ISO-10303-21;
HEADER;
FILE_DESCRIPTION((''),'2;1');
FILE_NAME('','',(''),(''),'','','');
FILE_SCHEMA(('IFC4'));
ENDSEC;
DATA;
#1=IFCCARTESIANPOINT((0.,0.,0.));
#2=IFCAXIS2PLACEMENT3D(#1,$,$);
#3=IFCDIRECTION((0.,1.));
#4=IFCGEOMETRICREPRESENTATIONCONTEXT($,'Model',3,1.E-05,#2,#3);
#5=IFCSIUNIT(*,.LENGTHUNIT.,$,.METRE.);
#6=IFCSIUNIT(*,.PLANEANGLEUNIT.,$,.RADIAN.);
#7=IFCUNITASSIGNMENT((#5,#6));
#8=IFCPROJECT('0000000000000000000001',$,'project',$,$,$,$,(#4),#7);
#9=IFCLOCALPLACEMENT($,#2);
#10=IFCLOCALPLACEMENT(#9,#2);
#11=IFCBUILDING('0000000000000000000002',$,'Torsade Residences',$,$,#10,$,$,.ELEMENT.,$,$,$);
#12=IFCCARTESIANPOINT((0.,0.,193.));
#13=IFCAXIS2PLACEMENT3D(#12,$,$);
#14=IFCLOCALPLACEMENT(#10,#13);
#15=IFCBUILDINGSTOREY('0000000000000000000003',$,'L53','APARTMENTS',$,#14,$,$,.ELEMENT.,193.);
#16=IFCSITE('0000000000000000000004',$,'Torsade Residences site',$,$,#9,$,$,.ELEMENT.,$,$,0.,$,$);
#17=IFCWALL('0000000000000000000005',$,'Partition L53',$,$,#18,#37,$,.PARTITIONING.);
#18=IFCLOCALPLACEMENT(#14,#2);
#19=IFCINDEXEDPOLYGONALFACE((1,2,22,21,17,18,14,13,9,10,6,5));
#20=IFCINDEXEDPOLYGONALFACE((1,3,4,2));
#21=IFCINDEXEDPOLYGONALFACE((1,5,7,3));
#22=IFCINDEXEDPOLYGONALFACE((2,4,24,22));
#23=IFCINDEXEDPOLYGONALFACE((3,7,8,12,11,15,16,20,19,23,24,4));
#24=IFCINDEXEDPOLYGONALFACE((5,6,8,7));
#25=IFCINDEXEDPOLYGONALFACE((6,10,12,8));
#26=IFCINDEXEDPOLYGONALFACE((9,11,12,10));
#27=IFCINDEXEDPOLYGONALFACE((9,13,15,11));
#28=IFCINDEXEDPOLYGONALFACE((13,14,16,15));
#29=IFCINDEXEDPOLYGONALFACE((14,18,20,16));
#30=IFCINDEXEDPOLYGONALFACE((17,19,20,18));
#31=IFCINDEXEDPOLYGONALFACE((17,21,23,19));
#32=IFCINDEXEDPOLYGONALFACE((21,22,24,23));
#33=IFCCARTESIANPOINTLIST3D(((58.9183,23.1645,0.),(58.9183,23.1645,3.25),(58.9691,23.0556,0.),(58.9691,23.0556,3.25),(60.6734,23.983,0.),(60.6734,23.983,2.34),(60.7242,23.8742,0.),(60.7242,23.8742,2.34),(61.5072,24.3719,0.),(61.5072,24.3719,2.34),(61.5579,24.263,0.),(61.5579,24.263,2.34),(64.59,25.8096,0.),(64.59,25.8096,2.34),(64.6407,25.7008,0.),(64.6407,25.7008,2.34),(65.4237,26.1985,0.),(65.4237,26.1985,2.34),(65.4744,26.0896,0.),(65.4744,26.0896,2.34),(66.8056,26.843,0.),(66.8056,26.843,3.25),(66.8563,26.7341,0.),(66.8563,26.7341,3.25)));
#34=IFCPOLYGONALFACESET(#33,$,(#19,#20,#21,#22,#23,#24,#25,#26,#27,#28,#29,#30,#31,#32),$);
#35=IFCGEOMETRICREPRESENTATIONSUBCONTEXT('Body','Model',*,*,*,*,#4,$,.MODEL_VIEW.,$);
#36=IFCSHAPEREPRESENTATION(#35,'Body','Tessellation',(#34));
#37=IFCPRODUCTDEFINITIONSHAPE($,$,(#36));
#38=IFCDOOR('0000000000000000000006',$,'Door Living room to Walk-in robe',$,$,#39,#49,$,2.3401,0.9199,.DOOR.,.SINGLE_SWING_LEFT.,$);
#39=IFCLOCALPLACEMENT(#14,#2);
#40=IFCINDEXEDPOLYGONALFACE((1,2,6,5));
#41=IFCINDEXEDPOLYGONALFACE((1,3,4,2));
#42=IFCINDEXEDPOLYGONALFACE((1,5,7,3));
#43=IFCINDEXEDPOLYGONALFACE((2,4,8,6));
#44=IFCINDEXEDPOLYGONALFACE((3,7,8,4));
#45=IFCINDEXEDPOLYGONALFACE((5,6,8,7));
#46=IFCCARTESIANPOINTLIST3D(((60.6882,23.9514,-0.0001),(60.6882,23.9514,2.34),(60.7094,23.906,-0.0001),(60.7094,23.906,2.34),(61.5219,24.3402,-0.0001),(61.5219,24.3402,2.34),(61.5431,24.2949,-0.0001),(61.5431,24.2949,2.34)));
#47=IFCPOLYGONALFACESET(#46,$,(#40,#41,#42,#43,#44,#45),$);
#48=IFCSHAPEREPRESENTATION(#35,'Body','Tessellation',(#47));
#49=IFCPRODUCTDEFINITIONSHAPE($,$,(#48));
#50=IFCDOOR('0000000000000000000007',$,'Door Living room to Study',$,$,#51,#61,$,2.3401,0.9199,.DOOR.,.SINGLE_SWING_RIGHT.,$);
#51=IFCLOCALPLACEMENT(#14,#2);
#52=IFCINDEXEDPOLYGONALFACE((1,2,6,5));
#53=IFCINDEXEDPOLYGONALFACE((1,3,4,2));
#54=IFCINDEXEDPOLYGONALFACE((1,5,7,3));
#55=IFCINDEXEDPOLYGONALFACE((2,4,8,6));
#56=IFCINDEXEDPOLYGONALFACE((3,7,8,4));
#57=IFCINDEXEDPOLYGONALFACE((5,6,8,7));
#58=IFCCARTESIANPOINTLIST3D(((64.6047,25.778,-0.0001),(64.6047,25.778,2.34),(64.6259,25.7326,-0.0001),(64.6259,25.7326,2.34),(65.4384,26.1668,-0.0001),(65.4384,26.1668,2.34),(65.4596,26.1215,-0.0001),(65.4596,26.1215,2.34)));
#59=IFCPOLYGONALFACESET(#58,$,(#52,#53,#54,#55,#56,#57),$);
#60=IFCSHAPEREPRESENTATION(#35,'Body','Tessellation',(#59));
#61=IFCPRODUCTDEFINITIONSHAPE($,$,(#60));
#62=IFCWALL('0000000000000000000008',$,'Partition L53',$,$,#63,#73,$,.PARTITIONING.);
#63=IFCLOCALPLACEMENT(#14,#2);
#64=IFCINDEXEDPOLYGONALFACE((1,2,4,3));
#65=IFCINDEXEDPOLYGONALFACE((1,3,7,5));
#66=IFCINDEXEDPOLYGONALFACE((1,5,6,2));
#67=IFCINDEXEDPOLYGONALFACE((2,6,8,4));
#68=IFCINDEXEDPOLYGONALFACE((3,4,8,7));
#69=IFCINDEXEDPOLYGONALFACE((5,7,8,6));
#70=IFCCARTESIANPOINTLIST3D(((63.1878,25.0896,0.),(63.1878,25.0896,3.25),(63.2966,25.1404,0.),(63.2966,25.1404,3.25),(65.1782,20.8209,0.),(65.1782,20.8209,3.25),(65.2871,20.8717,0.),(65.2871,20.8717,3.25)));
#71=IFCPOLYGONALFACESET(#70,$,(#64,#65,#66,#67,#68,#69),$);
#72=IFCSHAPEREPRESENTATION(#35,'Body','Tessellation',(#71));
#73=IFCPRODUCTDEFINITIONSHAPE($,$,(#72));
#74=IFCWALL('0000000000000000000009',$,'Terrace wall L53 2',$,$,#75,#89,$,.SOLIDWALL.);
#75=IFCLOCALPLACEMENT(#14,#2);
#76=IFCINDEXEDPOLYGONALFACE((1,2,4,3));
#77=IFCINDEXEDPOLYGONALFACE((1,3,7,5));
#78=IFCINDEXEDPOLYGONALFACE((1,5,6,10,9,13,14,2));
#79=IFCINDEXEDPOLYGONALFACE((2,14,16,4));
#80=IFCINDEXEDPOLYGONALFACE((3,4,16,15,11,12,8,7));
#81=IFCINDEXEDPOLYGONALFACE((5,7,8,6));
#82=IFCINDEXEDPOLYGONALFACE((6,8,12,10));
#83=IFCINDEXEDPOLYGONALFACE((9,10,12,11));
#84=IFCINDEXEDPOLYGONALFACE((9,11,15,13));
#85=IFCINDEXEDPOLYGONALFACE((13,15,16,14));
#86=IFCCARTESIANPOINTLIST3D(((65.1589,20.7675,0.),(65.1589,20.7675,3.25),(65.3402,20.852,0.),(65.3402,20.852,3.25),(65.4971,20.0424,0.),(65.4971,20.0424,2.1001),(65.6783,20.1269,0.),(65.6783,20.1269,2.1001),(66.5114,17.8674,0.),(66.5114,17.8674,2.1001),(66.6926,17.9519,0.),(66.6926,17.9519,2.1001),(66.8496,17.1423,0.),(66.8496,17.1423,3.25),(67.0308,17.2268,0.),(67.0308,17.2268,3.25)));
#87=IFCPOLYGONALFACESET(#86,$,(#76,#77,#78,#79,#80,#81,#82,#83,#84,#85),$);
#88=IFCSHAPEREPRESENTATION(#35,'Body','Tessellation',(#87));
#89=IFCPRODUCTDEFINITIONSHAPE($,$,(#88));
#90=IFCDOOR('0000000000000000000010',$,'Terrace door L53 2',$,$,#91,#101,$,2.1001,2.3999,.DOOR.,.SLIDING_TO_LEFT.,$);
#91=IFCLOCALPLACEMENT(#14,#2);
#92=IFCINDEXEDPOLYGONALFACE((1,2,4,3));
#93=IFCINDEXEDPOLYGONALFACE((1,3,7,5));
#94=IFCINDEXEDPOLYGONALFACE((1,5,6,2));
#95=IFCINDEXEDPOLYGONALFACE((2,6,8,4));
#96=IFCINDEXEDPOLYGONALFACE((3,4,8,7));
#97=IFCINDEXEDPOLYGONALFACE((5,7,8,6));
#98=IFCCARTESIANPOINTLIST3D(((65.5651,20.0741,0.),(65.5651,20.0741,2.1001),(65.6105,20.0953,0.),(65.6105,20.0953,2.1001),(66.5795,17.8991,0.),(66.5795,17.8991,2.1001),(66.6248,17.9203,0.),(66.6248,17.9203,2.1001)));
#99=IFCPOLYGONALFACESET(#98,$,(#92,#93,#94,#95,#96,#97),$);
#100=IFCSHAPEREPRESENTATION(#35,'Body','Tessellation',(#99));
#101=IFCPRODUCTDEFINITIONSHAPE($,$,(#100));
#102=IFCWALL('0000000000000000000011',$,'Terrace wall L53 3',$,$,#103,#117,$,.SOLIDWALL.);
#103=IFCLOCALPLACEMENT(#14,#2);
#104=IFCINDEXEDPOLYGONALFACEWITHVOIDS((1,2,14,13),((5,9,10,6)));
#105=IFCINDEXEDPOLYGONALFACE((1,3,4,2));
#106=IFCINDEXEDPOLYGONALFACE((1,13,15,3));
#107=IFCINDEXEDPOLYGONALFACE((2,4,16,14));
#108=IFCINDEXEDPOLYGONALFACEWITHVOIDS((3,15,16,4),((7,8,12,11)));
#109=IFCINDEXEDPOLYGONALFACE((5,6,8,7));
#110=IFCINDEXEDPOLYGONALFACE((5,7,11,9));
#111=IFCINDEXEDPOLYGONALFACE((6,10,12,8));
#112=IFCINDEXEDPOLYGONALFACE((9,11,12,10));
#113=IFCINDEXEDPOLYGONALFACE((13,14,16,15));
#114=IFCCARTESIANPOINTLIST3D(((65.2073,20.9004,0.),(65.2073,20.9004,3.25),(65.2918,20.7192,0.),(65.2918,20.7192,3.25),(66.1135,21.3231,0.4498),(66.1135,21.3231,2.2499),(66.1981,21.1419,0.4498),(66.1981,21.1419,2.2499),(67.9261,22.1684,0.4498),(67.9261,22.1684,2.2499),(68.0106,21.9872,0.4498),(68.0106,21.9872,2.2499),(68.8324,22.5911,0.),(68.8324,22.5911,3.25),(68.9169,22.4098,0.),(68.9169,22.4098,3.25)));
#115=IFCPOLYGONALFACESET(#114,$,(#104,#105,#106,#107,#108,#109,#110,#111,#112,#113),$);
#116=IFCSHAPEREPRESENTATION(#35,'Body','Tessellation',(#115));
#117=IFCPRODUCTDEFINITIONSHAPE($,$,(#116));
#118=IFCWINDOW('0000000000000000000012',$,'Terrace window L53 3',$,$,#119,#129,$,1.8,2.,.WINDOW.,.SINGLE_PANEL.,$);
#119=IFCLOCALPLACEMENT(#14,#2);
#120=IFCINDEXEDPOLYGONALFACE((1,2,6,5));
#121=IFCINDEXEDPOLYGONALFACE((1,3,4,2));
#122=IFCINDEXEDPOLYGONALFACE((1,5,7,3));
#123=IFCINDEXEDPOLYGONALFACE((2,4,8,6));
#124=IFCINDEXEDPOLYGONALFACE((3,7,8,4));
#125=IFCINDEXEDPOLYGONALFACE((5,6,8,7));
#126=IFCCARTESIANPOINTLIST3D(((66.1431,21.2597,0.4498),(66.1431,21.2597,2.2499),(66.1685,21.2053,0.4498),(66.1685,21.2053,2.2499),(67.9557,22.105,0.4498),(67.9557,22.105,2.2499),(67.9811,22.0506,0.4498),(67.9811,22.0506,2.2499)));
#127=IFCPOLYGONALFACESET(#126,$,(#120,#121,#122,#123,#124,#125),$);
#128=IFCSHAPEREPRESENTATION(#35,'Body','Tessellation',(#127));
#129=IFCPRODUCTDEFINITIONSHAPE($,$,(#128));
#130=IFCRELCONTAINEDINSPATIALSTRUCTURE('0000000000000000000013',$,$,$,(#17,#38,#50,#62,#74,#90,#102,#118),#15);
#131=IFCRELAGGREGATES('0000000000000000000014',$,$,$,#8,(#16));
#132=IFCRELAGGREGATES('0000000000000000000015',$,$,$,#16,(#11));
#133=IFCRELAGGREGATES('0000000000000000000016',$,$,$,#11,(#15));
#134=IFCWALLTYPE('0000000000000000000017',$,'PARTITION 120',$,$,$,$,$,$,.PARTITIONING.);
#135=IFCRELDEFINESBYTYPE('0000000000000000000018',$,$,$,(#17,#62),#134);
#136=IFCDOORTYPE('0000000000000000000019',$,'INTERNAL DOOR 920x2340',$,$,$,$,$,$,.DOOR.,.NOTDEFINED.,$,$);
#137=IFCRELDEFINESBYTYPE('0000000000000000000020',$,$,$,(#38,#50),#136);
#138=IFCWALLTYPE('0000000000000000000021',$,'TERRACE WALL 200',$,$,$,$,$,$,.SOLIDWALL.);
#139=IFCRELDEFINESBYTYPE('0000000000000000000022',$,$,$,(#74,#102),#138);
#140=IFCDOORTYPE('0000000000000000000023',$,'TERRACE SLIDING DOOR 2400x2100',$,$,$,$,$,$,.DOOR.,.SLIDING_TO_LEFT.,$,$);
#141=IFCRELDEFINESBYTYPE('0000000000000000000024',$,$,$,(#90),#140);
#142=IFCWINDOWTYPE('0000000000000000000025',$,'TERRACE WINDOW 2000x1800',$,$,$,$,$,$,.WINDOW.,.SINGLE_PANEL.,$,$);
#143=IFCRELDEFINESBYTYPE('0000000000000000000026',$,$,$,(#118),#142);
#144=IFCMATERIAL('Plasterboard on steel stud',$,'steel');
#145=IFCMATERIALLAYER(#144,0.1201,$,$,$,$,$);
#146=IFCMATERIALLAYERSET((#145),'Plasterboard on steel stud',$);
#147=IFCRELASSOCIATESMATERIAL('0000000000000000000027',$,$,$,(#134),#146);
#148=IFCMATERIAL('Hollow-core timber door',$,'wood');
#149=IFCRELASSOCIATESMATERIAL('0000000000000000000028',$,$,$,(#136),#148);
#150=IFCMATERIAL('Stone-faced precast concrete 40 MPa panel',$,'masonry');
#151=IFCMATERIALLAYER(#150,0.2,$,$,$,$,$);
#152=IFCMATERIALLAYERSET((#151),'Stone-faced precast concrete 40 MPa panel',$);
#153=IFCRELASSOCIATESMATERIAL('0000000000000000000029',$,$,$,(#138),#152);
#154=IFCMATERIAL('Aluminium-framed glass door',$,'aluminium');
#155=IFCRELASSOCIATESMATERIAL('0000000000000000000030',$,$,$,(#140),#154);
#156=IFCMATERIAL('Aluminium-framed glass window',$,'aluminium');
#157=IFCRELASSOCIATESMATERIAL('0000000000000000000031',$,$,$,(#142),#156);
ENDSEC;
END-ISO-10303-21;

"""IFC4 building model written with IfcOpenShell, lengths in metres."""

from ifc_helpers import new_model, si_unit, direction, frame, frame_2d, origin, place, context, subcontext, project, spatial, rectangle, extrude, material, layer, layer_set, type_object, element, fill, save


model = new_model("IFC4")

# Units and contexts
model_context = context("Model", 3, precision=1e-05, world=origin(), true_north=direction((0.0, 1.0)))
body_context = subcontext(model_context, "Body", "Model", "MODEL_VIEW")
ifc_project = project(units=[si_unit("LENGTHUNIT", "METRE"), si_unit("PLANEANGLEUNIT", "RADIAN")], contexts=[model_context])

# Site, building, storey
site_placement = place(None, origin())
site = spatial("IfcSite", under=ifc_project, at=site_placement, Name="Torsade Residences site", CompositionType="ELEMENT", RefElevation=0.0)
building_placement = place(site_placement, origin())
building = spatial("IfcBuilding", under=site, at=building_placement, Name="Torsade Residences", CompositionType="ELEMENT")
storey_placement = place(building_placement, frame((0.0, 0.0, 193.0)))
storey = spatial("IfcBuildingStorey", under=building, at=storey_placement, Name="L53", Description="APARTMENTS", CompositionType="ELEMENT", Elevation=193.0)

# Shared definitions
ifc_material_1 = material(Name="Plasterboard on steel stud", Category="steel")
ifc_layer_1 = layer(ifc_material_1, 0.1201)
ifc_layer_set_1 = layer_set([ifc_layer_1], Name="Plasterboard on steel stud")
wall_type_1 = type_object("IfcWallType", Name="PARTITION 120", PredefinedType="PARTITIONING", material=ifc_layer_set_1)
ifc_material_2 = material(Name="Hollow-core timber door", Category="wood")
door_type_1 = type_object("IfcDoorType", Name="INTERNAL DOOR 920x2340", OperationType="NOTDEFINED", PredefinedType="DOOR", material=ifc_material_2)

# Wall, openings, doors
wall_1_placement = place(storey_placement, frame((66.8311, 26.7886, 0.0), z_axis=(0.0, 0.0, 1.0), x_axis=(-0.906281, -0.422675, 0.0)))
wall_1 = element("IfcWall", 1, at=wall_1_placement, inside=storey, type_object=wall_type_1, Name="Partition L53", PredefinedType="PARTITIONING", context=body_context, shape_type="SweptSolid", body=[
    extrude(rectangle(XDim=8.7029, YDim=0.1201, at=frame_2d((4.3516, 0.0))), origin(), (0.0, 0.0, 1.0), 3.25),
])
opening_1_placement = place(wall_1_placement, frame((5.8464, 0.0, 0.0)))
opening_1 = element("IfcOpeningElement", 2, at=opening_1_placement, cuts=wall_1, PredefinedType="OPENING", context=body_context, shape_type="SweptSolid", body=[
    extrude(rectangle(XDim=0.9199, YDim=2.3401, at=frame_2d((0.46, 1.1699))), frame((0.0, 0.0701, 0.0), z_axis=(0.0, -1.0, 0.0), x_axis=(1.0, 0.0, 0.0)), (0.0, 0.0, 1.0), 0.1401),
])
opening_2_placement = place(wall_1_placement, frame((1.5249, 0.0, 0.0)))
opening_2 = element("IfcOpeningElement", 3, at=opening_2_placement, cuts=wall_1, PredefinedType="OPENING", context=body_context, shape_type="SweptSolid", body=[
    extrude(rectangle(XDim=0.9199, YDim=2.3401, at=frame_2d((0.46, 1.1699))), frame((0.0, 0.0701, 0.0), z_axis=(0.0, -1.0, 0.0), x_axis=(1.0, 0.0, 0.0)), (0.0, 0.0, 1.0), 0.1401),
])
door_1_placement = place(opening_1_placement, origin())
door_1 = element("IfcDoor", 4, at=door_1_placement, inside=storey, type_object=door_type_1, Name="Door Living room to Walk-in robe", OperationType="SINGLE_SWING_LEFT", OverallHeight=2.3401, OverallWidth=0.9199, PredefinedType="DOOR", context=body_context, shape_type="SweptSolid", body=[
    extrude(rectangle(XDim=0.9199, YDim=2.3401, at=frame_2d((0.46, 1.1699))), frame((0.0, 0.0249, 0.0), z_axis=(0.0, -1.0, 0.0), x_axis=(1.0, 0.0, 0.0)), (0.0, 0.0, 1.0), 0.05),
])
fill(opening_1, door_1)
door_2_placement = place(opening_2_placement, origin())
door_2 = element("IfcDoor", 5, at=door_2_placement, inside=storey, type_object=door_type_1, Name="Door Living room to Study", OperationType="SINGLE_SWING_RIGHT", OverallHeight=2.3401, OverallWidth=0.9199, PredefinedType="DOOR", context=body_context, shape_type="SweptSolid", body=[
    extrude(rectangle(XDim=0.9199, YDim=2.3401, at=frame_2d((0.46, 1.1699))), frame((0.0, 0.0249, 0.0), z_axis=(0.0, -1.0, 0.0), x_axis=(1.0, 0.0, 0.0)), (0.0, 0.0, 1.0), 0.05),
])
fill(opening_2, door_2)

# Wall
wall_2_placement = place(storey_placement, frame((63.2422, 25.115, 0.0), z_axis=(0.0, 0.0, 1.0), x_axis=(0.422602, -0.906316, 0.0)))
element("IfcWall", 6, at=wall_2_placement, inside=storey, type_object=wall_type_1, Name="Partition L53", PredefinedType="PARTITIONING", context=body_context, shape_type="SweptSolid", body=[
    extrude(rectangle(XDim=4.71, YDim=0.1201, at=frame_2d((2.355, 0.0))), origin(), (0.0, 0.0, 1.0), 3.25),
])

# Wall, opening, door
ifc_material_3 = material(Name="Stone-faced precast concrete 40 MPa panel", Category="masonry")
ifc_layer_2 = layer(ifc_material_3, 0.2)
ifc_layer_set_2 = layer_set([ifc_layer_2], Name="Stone-faced precast concrete 40 MPa panel")
wall_type_2 = type_object("IfcWallType", Name="TERRACE WALL 200", PredefinedType="SOLIDWALL", material=ifc_layer_set_2)
wall_3_placement = place(storey_placement, frame((66.9402, 17.1846, 0.0), z_axis=(0.0, 0.0, 1.0), x_axis=(-0.422658, 0.906289, 0.0)))
wall_3 = element("IfcWall", 7, at=wall_3_placement, inside=storey, type_object=wall_type_2, Name="Terrace wall L53 2", PredefinedType="SOLIDWALL", context=body_context, shape_type="SweptSolid", body=[
    extrude(rectangle(XDim=4.0, YDim=0.2, at=frame_2d((2.0, 0.0))), origin(), (0.0, 0.0, 1.0), 3.25),
])
opening_3_placement = place(wall_3_placement, frame((0.8, 0.0, 0.0)))
opening_3 = element("IfcOpeningElement", 8, at=opening_3_placement, cuts=wall_3, PredefinedType="OPENING", context=body_context, shape_type="SweptSolid", body=[
    extrude(rectangle(XDim=2.3999, YDim=2.1001, at=frame_2d((1.2, 1.05))), frame((0.0, 0.1099, 0.0), z_axis=(0.0, -1.0, 0.0), x_axis=(1.0, 0.0, 0.0)), (0.0, 0.0, 1.0), 0.22),
])
ifc_material_4 = material(Name="Aluminium-framed glass door", Category="aluminium")
door_type_2 = type_object("IfcDoorType", Name="TERRACE SLIDING DOOR 2400x2100", OperationType="SLIDING_TO_LEFT", PredefinedType="DOOR", material=ifc_material_4)
door_3_placement = place(opening_3_placement, origin())
door_3 = element("IfcDoor", 9, at=door_3_placement, inside=storey, type_object=door_type_2, Name="Terrace door L53 2", OperationType="SLIDING_TO_LEFT", OverallHeight=2.1001, OverallWidth=2.3999, PredefinedType="DOOR", context=body_context, shape_type="SweptSolid", body=[
    extrude(rectangle(XDim=2.3999, YDim=2.1001, at=frame_2d((1.2, 1.05))), frame((0.0, 0.0249, 0.0), z_axis=(0.0, -1.0, 0.0), x_axis=(1.0, 0.0, 0.0)), (0.0, 0.0, 1.0), 0.05),
])
fill(opening_3, door_3)

# Wall, opening, window
wall_4_placement = place(storey_placement, frame((65.2495, 20.8098, 0.0), z_axis=(0.0, 0.0, 1.0), x_axis=(0.906289, 0.422658, 0.0)))
wall_4 = element("IfcWall", 10, at=wall_4_placement, inside=storey, type_object=wall_type_2, Name="Terrace wall L53 3", PredefinedType="SOLIDWALL", context=body_context, shape_type="SweptSolid", body=[
    extrude(rectangle(XDim=4.0, YDim=0.2, at=frame_2d((2.0, 0.0))), origin(), (0.0, 0.0, 1.0), 3.25),
])
opening_4_placement = place(wall_4_placement, frame((1.0, 0.0, 0.45)))
opening_4 = element("IfcOpeningElement", 11, at=opening_4_placement, cuts=wall_4, PredefinedType="OPENING", context=body_context, shape_type="SweptSolid", body=[
    extrude(rectangle(XDim=2.0, YDim=1.8, at=frame_2d((1.0, 0.8999))), frame((0.0, 0.1099, 0.0), z_axis=(0.0, -1.0, 0.0), x_axis=(1.0, 0.0, 0.0)), (0.0, 0.0, 1.0), 0.22),
])
ifc_material_5 = material(Name="Aluminium-framed glass window", Category="aluminium")
window_type = type_object("IfcWindowType", Name="TERRACE WINDOW 2000x1800", PartitioningType="SINGLE_PANEL", PredefinedType="WINDOW", material=ifc_material_5)
window_placement = place(opening_4_placement, origin())
window = element("IfcWindow", 12, at=window_placement, inside=storey, type_object=window_type, Name="Terrace window L53 3", OverallHeight=1.8, OverallWidth=2.0, PartitioningType="SINGLE_PANEL", PredefinedType="WINDOW", context=body_context, shape_type="SweptSolid", body=[
    extrude(rectangle(XDim=2.0, YDim=1.8, at=frame_2d((1.0, 0.8999))), frame((0.0, 0.03, 0.0), z_axis=(0.0, -1.0, 0.0), x_axis=(1.0, 0.0, 0.0)), (0.0, 0.0, 1.0), 0.0601),
])
fill(opening_4, window)

save(model, "model.ifc")
